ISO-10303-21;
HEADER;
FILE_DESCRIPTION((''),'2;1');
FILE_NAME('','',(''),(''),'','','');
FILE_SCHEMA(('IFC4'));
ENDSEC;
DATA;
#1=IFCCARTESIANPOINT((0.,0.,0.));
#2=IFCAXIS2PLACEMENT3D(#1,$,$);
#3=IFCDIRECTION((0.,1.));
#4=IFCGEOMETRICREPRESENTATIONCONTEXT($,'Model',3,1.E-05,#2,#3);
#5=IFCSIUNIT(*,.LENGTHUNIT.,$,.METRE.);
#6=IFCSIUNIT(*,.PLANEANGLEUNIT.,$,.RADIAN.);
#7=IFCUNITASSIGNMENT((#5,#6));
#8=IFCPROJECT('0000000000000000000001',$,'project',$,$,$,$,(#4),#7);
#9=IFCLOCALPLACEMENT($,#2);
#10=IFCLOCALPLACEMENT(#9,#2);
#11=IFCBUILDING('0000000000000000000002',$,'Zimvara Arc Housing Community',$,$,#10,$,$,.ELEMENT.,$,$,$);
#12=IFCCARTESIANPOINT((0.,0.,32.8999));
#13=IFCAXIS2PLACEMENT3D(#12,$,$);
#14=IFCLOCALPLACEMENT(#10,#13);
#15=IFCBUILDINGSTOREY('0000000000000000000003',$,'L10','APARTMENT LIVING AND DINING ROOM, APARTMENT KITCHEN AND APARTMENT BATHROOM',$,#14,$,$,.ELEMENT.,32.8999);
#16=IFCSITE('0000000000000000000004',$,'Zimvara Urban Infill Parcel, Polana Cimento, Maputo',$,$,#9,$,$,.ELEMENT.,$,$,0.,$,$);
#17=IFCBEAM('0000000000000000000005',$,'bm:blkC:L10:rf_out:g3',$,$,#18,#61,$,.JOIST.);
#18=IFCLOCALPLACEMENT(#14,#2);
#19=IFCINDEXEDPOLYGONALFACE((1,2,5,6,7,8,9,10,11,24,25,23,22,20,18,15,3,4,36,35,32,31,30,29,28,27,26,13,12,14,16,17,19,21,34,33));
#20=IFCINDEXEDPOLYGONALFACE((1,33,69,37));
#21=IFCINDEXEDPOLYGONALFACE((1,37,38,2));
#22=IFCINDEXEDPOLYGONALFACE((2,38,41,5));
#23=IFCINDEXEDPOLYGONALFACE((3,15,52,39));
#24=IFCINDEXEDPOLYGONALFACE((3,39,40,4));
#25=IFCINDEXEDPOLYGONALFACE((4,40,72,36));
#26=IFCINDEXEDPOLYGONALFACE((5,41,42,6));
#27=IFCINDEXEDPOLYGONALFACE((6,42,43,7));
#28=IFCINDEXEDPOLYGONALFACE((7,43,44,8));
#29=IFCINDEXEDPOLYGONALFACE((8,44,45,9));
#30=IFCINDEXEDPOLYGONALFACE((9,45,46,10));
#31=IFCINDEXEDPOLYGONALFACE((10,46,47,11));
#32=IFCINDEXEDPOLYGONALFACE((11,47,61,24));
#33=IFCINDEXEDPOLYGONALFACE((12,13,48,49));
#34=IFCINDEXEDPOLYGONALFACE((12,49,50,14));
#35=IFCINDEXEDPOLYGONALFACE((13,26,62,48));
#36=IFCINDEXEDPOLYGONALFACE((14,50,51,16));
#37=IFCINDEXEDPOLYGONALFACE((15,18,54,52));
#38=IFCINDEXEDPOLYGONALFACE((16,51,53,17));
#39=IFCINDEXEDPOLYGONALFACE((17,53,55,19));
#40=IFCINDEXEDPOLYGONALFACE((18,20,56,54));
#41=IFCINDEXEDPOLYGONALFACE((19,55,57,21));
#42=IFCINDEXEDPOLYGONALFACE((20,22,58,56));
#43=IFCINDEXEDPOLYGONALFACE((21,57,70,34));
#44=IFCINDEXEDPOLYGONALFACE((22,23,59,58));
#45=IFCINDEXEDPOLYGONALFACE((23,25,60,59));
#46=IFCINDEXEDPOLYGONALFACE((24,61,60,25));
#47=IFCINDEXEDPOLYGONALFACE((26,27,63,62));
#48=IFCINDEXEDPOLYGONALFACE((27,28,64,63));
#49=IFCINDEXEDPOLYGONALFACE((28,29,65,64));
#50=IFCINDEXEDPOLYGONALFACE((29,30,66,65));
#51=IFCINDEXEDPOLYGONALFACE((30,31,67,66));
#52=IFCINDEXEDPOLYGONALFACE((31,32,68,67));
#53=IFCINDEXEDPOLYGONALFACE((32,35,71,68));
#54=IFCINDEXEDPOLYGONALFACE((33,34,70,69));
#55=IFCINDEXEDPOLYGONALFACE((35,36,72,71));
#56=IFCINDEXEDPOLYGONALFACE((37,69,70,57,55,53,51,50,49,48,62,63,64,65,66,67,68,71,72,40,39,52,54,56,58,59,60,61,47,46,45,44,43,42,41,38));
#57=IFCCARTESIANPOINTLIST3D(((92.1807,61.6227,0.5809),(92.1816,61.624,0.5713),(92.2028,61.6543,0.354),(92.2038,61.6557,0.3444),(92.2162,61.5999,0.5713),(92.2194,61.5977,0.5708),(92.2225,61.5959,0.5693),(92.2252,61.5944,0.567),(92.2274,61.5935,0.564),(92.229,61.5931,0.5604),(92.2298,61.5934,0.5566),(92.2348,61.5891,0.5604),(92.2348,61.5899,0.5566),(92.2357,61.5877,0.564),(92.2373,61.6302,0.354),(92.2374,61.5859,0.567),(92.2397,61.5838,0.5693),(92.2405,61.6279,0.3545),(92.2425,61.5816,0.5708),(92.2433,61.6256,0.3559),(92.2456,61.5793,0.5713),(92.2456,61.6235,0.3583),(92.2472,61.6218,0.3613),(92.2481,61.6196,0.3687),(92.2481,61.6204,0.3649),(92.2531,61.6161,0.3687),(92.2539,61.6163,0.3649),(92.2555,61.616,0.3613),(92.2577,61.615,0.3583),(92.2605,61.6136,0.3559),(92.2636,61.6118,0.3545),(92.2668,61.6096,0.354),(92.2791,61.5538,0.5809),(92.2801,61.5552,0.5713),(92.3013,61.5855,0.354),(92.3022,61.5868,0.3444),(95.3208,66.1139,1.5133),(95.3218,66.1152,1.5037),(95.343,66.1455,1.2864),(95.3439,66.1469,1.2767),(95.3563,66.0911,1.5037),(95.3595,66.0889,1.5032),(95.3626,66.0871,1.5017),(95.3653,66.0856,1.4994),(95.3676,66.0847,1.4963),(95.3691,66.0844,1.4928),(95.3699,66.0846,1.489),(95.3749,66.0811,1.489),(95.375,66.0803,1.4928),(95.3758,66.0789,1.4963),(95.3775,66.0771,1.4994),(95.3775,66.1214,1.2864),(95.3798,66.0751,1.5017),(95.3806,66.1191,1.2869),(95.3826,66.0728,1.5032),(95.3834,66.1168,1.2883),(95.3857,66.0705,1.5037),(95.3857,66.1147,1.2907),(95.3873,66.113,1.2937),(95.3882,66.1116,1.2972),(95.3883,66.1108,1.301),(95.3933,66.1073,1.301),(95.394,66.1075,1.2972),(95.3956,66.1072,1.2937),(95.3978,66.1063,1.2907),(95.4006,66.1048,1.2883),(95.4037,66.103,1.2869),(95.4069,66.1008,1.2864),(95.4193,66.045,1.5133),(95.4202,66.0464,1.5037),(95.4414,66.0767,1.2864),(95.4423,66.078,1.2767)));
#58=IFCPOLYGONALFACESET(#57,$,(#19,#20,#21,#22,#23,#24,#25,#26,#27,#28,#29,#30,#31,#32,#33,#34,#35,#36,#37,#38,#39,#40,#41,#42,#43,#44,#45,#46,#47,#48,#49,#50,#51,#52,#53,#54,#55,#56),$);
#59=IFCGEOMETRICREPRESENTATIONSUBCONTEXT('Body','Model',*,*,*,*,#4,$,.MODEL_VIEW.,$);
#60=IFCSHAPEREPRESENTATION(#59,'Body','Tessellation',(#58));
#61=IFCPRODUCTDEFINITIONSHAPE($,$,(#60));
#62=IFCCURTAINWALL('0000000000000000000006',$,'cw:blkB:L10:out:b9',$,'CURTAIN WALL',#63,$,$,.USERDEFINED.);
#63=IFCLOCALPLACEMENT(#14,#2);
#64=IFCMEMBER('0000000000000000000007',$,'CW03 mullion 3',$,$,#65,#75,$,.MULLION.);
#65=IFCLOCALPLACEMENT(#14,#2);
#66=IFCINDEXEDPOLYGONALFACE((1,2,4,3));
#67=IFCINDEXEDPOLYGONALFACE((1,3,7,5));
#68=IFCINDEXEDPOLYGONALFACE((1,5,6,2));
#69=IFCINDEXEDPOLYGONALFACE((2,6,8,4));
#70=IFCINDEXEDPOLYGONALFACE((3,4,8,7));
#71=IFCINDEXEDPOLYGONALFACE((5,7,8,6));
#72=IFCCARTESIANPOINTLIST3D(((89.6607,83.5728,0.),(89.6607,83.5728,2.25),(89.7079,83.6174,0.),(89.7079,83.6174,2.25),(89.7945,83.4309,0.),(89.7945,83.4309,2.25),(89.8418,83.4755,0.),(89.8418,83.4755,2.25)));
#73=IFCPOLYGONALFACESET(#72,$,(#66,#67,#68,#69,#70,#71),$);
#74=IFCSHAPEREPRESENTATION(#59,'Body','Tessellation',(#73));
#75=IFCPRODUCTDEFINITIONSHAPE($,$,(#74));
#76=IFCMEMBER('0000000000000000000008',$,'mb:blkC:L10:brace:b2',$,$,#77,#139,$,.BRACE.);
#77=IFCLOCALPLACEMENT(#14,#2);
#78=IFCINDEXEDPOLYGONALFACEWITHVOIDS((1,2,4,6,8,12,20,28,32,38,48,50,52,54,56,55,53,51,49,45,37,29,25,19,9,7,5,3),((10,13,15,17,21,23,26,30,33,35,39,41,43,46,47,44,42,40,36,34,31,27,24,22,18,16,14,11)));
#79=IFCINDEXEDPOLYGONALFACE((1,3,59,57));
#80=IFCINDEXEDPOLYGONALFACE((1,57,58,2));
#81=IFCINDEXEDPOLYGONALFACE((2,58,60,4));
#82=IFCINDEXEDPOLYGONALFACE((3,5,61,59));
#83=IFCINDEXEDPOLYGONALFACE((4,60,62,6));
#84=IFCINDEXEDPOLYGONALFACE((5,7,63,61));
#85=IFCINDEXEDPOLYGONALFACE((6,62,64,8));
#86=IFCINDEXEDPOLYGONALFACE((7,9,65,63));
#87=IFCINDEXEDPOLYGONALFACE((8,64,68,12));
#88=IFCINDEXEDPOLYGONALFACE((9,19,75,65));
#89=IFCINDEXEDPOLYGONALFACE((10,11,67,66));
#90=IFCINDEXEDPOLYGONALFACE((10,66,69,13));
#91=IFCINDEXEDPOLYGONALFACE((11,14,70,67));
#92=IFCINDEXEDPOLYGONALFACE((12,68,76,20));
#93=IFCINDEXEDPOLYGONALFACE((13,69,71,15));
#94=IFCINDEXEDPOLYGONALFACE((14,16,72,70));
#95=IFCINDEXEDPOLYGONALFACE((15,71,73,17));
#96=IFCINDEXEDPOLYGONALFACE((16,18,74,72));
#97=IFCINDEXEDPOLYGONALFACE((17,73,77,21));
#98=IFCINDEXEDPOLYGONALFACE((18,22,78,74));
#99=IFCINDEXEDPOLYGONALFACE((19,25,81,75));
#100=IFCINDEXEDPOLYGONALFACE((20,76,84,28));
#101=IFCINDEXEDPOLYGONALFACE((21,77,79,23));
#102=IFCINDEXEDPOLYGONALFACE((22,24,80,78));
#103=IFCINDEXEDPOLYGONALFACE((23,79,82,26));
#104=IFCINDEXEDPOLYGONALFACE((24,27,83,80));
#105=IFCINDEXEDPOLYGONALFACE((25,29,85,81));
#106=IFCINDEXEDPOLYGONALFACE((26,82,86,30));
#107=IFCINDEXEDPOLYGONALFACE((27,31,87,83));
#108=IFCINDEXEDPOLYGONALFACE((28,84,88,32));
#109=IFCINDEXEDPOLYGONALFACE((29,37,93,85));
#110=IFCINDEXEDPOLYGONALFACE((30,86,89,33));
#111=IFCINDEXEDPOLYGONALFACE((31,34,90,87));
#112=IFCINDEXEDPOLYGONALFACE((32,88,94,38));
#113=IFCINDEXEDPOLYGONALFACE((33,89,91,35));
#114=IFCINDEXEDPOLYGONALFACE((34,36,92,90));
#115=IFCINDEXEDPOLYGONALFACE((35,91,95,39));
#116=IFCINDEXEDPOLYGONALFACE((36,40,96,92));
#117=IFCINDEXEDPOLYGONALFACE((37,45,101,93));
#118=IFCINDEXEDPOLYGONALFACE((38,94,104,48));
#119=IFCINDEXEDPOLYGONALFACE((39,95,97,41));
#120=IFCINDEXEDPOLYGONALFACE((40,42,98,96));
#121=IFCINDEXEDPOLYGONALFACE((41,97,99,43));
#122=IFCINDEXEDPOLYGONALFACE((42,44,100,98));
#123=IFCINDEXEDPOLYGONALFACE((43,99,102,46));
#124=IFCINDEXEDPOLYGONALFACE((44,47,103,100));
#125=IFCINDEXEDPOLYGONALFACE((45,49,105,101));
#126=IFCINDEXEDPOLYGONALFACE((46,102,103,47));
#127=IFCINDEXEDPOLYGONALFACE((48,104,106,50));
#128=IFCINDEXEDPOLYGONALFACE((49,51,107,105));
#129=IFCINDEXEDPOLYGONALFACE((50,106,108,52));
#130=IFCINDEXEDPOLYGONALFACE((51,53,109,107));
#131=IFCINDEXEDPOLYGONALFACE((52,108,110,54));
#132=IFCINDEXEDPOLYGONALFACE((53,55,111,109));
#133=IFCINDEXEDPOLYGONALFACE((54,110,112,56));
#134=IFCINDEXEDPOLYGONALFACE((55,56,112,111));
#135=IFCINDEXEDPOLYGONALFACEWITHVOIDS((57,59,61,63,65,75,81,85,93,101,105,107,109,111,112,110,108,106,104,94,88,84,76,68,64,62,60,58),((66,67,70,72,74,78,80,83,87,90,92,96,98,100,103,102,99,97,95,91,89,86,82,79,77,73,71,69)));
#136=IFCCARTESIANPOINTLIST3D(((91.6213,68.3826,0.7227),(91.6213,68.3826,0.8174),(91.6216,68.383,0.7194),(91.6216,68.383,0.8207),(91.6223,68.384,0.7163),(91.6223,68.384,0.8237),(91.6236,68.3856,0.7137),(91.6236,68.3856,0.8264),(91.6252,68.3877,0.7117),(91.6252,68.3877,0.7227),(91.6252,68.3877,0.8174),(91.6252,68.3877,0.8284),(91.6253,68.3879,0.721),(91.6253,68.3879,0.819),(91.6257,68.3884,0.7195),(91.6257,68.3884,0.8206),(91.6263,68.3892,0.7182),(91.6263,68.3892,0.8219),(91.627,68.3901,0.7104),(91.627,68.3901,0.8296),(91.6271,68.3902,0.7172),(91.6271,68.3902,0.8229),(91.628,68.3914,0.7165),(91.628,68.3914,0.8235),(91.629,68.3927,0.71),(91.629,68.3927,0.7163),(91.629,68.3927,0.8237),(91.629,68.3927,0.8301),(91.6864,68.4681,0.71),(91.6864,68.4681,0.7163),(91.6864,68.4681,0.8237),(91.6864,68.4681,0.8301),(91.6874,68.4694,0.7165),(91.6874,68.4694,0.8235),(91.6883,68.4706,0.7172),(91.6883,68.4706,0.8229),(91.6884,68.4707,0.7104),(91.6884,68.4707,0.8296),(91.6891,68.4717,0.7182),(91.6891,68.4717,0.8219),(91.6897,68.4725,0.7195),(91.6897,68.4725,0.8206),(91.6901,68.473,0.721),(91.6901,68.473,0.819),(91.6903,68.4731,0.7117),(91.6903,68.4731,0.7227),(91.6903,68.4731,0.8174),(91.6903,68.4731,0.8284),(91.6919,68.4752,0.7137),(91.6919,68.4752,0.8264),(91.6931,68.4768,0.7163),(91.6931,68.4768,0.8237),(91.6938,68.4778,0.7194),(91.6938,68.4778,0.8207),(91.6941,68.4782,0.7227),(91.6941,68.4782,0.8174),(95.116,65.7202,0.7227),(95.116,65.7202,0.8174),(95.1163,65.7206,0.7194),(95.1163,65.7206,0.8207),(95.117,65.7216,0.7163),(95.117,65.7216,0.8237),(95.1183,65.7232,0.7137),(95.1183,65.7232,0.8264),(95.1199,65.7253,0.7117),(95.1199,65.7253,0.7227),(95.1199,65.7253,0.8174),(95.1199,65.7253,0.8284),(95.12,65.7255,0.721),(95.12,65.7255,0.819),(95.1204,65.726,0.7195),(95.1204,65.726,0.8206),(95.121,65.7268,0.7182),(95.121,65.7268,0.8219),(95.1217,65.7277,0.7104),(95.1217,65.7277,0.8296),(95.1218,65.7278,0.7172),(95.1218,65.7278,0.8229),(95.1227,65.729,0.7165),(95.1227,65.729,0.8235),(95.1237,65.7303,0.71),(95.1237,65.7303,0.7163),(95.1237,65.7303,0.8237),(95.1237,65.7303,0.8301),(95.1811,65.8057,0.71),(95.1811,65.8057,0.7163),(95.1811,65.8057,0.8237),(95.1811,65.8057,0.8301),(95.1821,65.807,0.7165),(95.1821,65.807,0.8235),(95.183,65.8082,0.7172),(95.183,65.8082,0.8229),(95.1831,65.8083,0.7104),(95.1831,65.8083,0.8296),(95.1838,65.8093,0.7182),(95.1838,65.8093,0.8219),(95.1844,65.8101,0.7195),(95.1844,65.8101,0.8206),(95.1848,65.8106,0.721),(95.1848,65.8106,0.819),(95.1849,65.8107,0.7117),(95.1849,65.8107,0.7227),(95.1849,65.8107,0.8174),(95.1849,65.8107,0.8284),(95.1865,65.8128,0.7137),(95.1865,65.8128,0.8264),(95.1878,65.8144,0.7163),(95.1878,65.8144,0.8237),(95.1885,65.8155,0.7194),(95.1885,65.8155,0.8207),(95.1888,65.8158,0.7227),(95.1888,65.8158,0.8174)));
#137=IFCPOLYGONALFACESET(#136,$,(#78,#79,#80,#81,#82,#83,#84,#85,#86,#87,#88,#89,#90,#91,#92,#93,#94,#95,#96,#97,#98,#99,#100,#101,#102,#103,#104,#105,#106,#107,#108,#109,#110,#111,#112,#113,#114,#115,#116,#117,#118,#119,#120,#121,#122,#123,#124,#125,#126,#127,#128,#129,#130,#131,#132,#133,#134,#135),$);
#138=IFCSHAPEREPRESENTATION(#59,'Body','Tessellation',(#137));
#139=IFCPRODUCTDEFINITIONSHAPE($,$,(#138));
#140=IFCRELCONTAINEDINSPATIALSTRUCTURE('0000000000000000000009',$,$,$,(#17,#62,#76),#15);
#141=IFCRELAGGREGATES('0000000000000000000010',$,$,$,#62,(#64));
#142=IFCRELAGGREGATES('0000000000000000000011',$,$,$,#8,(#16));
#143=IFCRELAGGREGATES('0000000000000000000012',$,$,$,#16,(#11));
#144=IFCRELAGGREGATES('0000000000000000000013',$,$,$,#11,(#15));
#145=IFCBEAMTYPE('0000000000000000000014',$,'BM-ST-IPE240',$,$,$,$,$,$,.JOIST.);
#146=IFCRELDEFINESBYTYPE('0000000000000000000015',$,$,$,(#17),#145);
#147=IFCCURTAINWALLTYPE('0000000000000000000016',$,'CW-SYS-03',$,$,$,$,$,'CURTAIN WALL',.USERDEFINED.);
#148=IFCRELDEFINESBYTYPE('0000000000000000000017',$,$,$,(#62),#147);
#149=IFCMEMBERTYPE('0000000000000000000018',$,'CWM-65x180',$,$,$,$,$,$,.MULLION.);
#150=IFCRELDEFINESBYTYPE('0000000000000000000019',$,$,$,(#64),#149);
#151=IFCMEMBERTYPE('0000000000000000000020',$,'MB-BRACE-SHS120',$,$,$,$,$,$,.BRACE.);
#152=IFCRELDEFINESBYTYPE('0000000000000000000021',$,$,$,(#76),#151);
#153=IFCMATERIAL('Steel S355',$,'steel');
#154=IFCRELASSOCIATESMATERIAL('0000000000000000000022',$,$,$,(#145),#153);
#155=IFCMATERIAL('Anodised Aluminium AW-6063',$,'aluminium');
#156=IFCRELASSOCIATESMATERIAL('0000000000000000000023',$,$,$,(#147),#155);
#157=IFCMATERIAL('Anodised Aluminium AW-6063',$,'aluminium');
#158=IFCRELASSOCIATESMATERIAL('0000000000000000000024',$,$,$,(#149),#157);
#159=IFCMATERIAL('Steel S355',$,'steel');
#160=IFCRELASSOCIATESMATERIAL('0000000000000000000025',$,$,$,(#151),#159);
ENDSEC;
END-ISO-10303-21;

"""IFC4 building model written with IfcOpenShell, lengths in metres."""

from ifc_helpers import new_model, si_unit, direction, frame, origin, origin_2d, place, context, subcontext, project, spatial, rectangle, hollow_rectangle, i_section, extrude, material, material_profile, profile_set, type_object, element, aggregate, save


model = new_model("IFC4")

# Units and contexts
model_context = context("Model", 3, precision=1e-05, world=origin(), true_north=direction((0.0, 1.0)))
body_context = subcontext(model_context, "Body", "Model", "MODEL_VIEW")
ifc_project = project(units=[si_unit("LENGTHUNIT", "METRE"), si_unit("PLANEANGLEUNIT", "RADIAN")], contexts=[model_context])

# Site, building, storey
site_placement = place(None, origin())
site = spatial("IfcSite", under=ifc_project, at=site_placement, Name="Zimvara Urban Infill Parcel, Polana Cimento, Maputo", CompositionType="ELEMENT", RefElevation=0.0)
building_placement = place(site_placement, origin())
building = spatial("IfcBuilding", under=site, at=building_placement, Name="Zimvara Arc Housing Community", CompositionType="ELEMENT")
storey_placement = place(building_placement, frame((0.0, 0.0, 32.8999)))
storey = spatial("IfcBuildingStorey", under=building, at=storey_placement, Name="L10", Description="APARTMENT LIVING AND DINING ROOM, APARTMENT KITCHEN AND APARTMENT BATHROOM", CompositionType="ELEMENT", Elevation=32.8999)

# Beam
ifc_material_1 = material(Name="Steel S355", Category="steel")
ifc_material_profile_1 = material_profile(ifc_material_1, i_section(OverallWidth=0.1201, OverallDepth=0.24, WebThickness=0.0061, FlangeThickness=0.0098, FilletRadius=0.0149, at=origin_2d()), Name="IPE 240")
ifc_profile_set_1 = profile_set([ifc_material_profile_1], Name="Steel S355")
beam_type_1 = type_object("IfcBeamType", Name="BM-ST-IPE240", PredefinedType="JOIST", material=ifc_profile_set_1)
for number, where, z_axis, x_axis, name in (
    (1, (95.3816, 66.0959, 1.395), (-0.56489, -0.80794, -0.167728), (0.81955, -0.573008, 0.0), "bm:blkC:L10:rf_out:g3"),
):
    element("IfcBeam", number, at=place(storey_placement, frame(where, z_axis=z_axis, x_axis=x_axis)), inside=storey, type_object=beam_type_1, Name=name, PredefinedType="JOIST", context=body_context, shape_type="SweptSolid", body=[
        extrude(i_section(OverallWidth=0.1201, OverallDepth=0.24, WebThickness=0.0061, FlangeThickness=0.0098, FilletRadius=0.0149, at=origin_2d()), origin(), (0.0, 0.0, 1.0), 5.5588),
    ])

# Curtain wall, member
ifc_material_2 = material(Name="Anodised Aluminium AW-6063", Category="aluminium")
curtain_wall_type = type_object("IfcCurtainWallType", Name="CW-SYS-03", ElementType="CURTAIN WALL", PredefinedType="USERDEFINED", material=ifc_material_2)
curtain_wall_placement = place(storey_placement, origin())
curtain_wall = element("IfcCurtainWall", 2, at=curtain_wall_placement, inside=storey, type_object=curtain_wall_type, Name="cw:blkB:L10:out:b9", ObjectType="CURTAIN WALL", PredefinedType="USERDEFINED")
ifc_material_3 = material(Name="Anodised Aluminium AW-6063", Category="aluminium")
ifc_material_profile_2 = material_profile(ifc_material_3, rectangle(XDim=0.0649, YDim=0.1951, at=origin_2d()), Name="ALU 65x195")
ifc_profile_set_2 = profile_set([ifc_material_profile_2], Name="Anodised Aluminium AW-6063")
member_type_1 = type_object("IfcMemberType", Name="CWM-65x180", PredefinedType="MULLION", material=ifc_profile_set_2)
member_1_placement = place(storey_placement, frame((89.7512, 83.5242, 0.0), z_axis=(0.0, 0.0, 1.0), x_axis=(0.727294, 0.686326, 0.0)))
member_1 = element("IfcMember", 3, at=member_1_placement, type_object=member_type_1, Name="CW03 mullion 3", PredefinedType="MULLION", context=body_context, shape_type="SweptSolid", body=[
    extrude(rectangle(XDim=0.0649, YDim=0.1951, at=origin_2d()), origin(), (0.0, 0.0, 1.0), 2.25),
])
aggregate(curtain_wall, [member_1])

# Member
ifc_material_4 = material(Name="Steel S355", Category="steel")
ifc_material_profile_3 = material_profile(ifc_material_4, hollow_rectangle(XDim=0.1201, YDim=0.1201, WallThickness=0.0063, InnerFilletRadius=0.0063, OuterFilletRadius=0.0127, at=origin_2d()), Name="SHS 120x120x6.3")
ifc_profile_set_3 = profile_set([ifc_material_profile_3], Name="Steel S355")
member_type_2 = type_object("IfcMemberType", Name="MB-BRACE-SHS120", PredefinedType="BRACE", material=ifc_profile_set_3)
member_2_placement = place(storey_placement, frame((91.6577, 68.4304, 0.77), z_axis=(0.795456, -0.606011, 0.0), x_axis=(0.606011, 0.795456, 0.0)))
element("IfcMember", 4, at=member_2_placement, inside=storey, type_object=member_type_2, Name="mb:blkC:L10:brace:b2", PredefinedType="BRACE", context=body_context, shape_type="SweptSolid", body=[
    extrude(hollow_rectangle(XDim=0.1201, YDim=0.1201, WallThickness=0.0063, InnerFilletRadius=0.0063, OuterFilletRadius=0.0127, at=origin_2d()), origin(), (0.0, 0.0, 1.0), 4.3933),
])

save(model, "model.ifc")
